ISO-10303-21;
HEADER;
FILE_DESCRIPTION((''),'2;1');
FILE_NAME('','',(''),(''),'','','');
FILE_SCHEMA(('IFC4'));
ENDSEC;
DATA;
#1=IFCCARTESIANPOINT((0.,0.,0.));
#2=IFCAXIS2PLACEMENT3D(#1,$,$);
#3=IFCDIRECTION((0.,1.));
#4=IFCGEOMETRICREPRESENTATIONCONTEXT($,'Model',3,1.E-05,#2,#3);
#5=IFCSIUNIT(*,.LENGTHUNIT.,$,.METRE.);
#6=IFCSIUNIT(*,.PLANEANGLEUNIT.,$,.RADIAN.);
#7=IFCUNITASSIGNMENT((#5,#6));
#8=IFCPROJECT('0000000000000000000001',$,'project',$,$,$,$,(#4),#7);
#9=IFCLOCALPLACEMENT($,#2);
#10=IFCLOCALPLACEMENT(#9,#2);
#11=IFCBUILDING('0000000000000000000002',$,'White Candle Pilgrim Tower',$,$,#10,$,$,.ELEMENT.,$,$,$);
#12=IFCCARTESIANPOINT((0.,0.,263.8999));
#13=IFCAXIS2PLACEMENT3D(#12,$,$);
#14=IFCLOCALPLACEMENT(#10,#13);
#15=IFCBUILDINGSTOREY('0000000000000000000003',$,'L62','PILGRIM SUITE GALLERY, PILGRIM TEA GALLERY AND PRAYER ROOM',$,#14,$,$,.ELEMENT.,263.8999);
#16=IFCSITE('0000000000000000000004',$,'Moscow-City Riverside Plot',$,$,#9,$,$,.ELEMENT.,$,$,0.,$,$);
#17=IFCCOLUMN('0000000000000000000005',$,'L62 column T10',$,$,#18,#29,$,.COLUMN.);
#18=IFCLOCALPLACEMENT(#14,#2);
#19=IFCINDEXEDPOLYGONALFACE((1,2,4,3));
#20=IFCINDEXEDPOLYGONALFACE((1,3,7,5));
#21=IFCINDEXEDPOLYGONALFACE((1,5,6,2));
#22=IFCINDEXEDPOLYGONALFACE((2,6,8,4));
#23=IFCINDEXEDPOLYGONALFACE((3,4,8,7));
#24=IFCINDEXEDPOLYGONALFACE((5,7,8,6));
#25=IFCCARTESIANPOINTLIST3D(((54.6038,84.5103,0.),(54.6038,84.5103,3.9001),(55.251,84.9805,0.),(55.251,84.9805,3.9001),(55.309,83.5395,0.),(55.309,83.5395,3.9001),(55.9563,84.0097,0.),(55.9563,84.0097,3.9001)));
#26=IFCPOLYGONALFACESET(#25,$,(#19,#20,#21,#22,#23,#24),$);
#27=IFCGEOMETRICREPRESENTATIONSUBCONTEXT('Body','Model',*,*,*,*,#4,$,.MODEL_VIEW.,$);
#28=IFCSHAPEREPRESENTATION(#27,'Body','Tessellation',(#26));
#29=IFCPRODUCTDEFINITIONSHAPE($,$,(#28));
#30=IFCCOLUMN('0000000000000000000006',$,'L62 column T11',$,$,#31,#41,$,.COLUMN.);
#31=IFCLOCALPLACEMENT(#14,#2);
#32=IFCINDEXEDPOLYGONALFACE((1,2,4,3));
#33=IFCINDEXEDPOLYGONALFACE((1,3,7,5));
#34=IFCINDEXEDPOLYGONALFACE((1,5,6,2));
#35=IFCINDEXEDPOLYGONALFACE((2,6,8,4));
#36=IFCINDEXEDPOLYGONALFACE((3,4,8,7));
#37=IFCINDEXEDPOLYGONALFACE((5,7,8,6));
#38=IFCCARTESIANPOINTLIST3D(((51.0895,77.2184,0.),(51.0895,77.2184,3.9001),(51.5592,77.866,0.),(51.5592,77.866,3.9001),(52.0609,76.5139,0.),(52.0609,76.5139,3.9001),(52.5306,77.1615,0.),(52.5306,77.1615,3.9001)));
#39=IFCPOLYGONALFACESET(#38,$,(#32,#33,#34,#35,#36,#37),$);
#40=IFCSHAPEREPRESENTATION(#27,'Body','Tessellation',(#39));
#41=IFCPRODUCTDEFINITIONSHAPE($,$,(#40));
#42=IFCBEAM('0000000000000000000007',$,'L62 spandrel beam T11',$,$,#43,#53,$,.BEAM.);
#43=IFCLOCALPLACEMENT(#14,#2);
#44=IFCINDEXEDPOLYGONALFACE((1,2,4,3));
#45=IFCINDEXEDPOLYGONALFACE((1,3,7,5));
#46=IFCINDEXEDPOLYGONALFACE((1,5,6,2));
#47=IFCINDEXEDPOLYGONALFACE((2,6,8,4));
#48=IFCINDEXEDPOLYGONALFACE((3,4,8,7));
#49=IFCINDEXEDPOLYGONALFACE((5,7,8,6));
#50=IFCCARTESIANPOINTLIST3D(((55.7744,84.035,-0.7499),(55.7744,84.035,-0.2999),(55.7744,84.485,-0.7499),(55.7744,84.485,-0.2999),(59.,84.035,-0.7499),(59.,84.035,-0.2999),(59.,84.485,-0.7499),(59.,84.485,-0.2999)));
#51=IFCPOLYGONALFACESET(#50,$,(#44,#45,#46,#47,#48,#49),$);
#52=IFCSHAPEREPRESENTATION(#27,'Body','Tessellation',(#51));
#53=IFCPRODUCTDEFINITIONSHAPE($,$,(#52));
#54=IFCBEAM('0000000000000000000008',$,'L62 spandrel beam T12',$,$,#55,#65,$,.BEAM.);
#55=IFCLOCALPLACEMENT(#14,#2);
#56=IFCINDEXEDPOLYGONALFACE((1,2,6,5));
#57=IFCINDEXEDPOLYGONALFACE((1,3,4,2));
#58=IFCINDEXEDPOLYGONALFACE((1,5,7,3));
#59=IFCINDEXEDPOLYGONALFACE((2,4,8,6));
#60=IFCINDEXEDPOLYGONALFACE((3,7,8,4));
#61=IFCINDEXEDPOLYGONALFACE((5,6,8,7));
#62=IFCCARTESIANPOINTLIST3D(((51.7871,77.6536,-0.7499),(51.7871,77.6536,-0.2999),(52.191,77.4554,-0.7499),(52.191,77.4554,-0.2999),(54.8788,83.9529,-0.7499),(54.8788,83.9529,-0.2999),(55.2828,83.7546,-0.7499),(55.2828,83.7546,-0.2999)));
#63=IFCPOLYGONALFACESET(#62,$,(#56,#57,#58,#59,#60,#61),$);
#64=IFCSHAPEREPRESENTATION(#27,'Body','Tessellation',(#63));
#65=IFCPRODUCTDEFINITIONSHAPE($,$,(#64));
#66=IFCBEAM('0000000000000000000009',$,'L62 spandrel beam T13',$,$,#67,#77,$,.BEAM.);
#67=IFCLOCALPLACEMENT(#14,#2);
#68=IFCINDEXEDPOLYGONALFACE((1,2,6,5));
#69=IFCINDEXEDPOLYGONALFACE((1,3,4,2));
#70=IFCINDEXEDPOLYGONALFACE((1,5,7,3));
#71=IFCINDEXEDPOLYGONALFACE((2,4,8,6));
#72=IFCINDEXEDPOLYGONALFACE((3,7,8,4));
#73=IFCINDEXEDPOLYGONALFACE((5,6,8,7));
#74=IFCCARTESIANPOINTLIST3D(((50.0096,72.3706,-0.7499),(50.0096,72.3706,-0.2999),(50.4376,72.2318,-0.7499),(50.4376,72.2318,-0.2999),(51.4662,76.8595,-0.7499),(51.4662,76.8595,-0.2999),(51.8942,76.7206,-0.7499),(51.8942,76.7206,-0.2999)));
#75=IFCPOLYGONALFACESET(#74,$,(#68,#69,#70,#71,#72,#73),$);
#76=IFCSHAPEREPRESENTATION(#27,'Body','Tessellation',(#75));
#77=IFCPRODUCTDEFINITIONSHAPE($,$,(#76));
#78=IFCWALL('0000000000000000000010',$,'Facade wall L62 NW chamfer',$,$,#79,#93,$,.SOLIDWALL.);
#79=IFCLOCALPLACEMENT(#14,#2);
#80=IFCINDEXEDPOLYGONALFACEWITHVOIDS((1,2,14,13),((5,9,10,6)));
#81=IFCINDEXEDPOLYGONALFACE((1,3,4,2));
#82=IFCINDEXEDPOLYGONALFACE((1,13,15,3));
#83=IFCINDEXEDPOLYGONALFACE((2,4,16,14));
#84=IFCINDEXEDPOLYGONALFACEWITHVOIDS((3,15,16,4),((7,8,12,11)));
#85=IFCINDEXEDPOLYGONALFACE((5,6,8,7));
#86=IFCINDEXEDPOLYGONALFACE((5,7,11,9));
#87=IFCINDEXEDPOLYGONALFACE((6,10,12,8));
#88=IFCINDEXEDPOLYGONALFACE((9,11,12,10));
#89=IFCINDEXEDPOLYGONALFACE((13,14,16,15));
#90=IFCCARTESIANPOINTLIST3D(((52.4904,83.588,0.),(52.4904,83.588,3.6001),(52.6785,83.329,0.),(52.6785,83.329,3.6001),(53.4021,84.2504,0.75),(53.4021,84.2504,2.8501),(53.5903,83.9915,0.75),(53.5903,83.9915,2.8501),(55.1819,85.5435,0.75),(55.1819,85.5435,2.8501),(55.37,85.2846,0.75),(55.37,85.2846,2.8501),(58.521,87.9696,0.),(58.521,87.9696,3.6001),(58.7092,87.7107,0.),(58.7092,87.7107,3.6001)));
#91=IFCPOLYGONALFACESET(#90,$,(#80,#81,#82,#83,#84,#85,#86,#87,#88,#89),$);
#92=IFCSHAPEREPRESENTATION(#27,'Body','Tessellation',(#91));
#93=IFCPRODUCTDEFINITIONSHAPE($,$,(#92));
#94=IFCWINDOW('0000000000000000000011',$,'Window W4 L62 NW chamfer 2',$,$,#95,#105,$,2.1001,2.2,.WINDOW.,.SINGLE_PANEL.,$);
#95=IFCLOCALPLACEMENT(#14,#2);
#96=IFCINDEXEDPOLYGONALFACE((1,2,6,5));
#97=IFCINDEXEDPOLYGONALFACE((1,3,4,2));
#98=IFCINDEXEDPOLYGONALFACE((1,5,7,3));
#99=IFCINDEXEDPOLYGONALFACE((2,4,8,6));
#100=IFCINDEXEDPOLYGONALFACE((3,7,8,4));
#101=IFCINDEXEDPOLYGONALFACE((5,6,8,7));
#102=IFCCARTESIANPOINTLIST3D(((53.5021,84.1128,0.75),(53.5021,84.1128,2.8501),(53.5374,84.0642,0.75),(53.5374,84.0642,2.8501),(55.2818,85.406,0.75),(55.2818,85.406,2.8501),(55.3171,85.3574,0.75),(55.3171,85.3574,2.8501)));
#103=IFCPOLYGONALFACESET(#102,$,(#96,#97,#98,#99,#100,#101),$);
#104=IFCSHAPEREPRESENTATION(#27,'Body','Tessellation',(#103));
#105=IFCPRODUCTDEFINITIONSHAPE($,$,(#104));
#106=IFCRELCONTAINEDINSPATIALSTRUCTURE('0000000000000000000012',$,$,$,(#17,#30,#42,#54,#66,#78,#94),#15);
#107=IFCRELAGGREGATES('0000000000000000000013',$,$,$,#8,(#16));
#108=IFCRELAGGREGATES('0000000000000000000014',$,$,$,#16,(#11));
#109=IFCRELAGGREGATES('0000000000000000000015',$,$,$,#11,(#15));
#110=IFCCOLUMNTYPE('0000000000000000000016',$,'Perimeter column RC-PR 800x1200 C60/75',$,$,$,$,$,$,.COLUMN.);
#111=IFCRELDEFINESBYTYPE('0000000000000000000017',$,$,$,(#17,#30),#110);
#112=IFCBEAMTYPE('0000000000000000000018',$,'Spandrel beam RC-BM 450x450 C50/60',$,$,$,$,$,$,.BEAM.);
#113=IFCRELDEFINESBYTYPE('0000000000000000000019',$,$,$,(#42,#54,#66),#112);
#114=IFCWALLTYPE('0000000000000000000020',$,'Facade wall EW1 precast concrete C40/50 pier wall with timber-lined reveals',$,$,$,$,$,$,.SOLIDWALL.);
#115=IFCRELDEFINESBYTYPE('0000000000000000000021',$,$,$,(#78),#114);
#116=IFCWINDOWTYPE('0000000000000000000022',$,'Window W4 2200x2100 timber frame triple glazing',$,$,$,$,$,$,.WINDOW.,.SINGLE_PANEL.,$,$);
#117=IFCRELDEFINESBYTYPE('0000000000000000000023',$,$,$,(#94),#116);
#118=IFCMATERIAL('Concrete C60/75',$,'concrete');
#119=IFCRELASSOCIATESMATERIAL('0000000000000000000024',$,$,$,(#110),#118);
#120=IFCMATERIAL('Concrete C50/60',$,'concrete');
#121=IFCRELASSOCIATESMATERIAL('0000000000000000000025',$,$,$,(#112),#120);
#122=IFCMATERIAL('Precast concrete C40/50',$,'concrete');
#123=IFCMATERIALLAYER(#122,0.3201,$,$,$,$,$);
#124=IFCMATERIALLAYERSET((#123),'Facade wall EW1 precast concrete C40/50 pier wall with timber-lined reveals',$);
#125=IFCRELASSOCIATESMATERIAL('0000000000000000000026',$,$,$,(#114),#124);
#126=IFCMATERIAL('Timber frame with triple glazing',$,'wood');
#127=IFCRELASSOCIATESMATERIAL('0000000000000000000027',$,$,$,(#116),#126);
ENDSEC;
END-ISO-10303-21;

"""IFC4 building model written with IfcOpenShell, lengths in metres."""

from ifc_helpers import new_model, si_unit, direction, frame, frame_2d, origin, origin_2d, place, context, subcontext, project, spatial, rectangle, extrude, material, layer, layer_set, material_profile, profile_set, type_object, element, fill, save


model = new_model("IFC4")

# Units and contexts
model_context = context("Model", 3, precision=1e-05, world=origin(), true_north=direction((0.0, 1.0)))
body_context = subcontext(model_context, "Body", "Model", "MODEL_VIEW")
ifc_project = project(units=[si_unit("LENGTHUNIT", "METRE"), si_unit("PLANEANGLEUNIT", "RADIAN")], contexts=[model_context])

# Site, building, storey
site_placement = place(None, origin())
site = spatial("IfcSite", under=ifc_project, at=site_placement, Name="Moscow-City Riverside Plot", CompositionType="ELEMENT", RefElevation=0.0)
building_placement = place(site_placement, origin())
building = spatial("IfcBuilding", under=site, at=building_placement, Name="White Candle Pilgrim Tower", CompositionType="ELEMENT")
storey_placement = place(building_placement, frame((0.0, 0.0, 263.8999)))
storey = spatial("IfcBuildingStorey", under=building, at=storey_placement, Name="L62", Description="PILGRIM SUITE GALLERY, PILGRIM TEA GALLERY AND PRAYER ROOM", CompositionType="ELEMENT", Elevation=263.8999)

# Columns
ifc_material_1 = material(Name="Concrete C60/75", Category="concrete")
ifc_material_profile_1 = material_profile(ifc_material_1, rectangle(XDim=0.8, YDim=1.2, at=origin_2d()), Name="RC-PR 800x1200")
ifc_profile_set_1 = profile_set([ifc_material_profile_1], Name="Concrete C60/75")
column_type = type_object("IfcColumnType", Name="Perimeter column RC-PR 800x1200 C60/75", PredefinedType="COLUMN", material=ifc_profile_set_1)
for number, where, z_axis, x_axis, name in (
    (1, (55.28, 84.26, 0.0), (0.0, 0.0, 1.0), (0.809027, 0.587771, 0.0), "L62 column T10"),
    (2, (51.8101, 77.1899, 0.0), (0.0, 0.0, 1.0), (0.587107, 0.809509, 0.0), "L62 column T11"),
):
    element("IfcColumn", number, at=place(storey_placement, frame(where, z_axis=z_axis, x_axis=x_axis)), inside=storey, type_object=column_type, Name=name, PredefinedType="COLUMN", context=body_context, shape_type="SweptSolid", body=[
        extrude(rectangle(XDim=0.8, YDim=1.2, at=origin_2d()), origin(), (0.0, 0.0, 1.0), 3.9001),
    ])

# Beams
ifc_material_2 = material(Name="Concrete C50/60", Category="concrete")
ifc_material_profile_2 = material_profile(ifc_material_2, rectangle(XDim=0.45, YDim=0.45, at=origin_2d()), Name="RC-BM 450x450")
ifc_profile_set_2 = profile_set([ifc_material_profile_2], Name="Concrete C50/60")
beam_type = type_object("IfcBeamType", Name="Spandrel beam RC-BM 450x450 C50/60", PredefinedType="BEAM", material=ifc_profile_set_2)
beam_1_placement = place(storey_placement, frame((55.7744, 84.26, -0.5249), z_axis=(1.0, 0.0, 0.0), x_axis=(0.0, 1.0, 0.0)))
element("IfcBeam", 3, at=beam_1_placement, inside=storey, type_object=beam_type, Name="L62 spandrel beam T11", PredefinedType="BEAM", context=body_context, shape_type="SweptSolid", body=[
    extrude(rectangle(XDim=0.45, YDim=0.45, at=origin_2d()), origin(), (0.0, 0.0, 1.0), 3.2256),
])
beam_2_placement = place(storey_placement, frame((55.0808, 83.8538, -0.5249), z_axis=(-0.440605, -0.897701, 0.0), x_axis=(0.897701, -0.440605, 0.0)))
element("IfcBeam", 4, at=beam_2_placement, inside=storey, type_object=beam_type, Name="L62 spandrel beam T12", PredefinedType="BEAM", context=body_context, shape_type="SweptSolid", body=[
    extrude(rectangle(XDim=0.45, YDim=0.45, at=origin_2d()), origin(), (0.0, 0.0, 1.0), 7.0171),
])
beam_3_placement = place(storey_placement, frame((51.6802, 76.79, -0.5249), z_axis=(-0.308644, -0.951178, 0.0), x_axis=(0.951178, -0.308644, 0.0)))
element("IfcBeam", 5, at=beam_3_placement, inside=storey, type_object=beam_type, Name="L62 spandrel beam T13", PredefinedType="BEAM", context=body_context, shape_type="SweptSolid", body=[
    extrude(rectangle(XDim=0.45, YDim=0.45, at=origin_2d()), origin(), (0.0, 0.0, 1.0), 4.7192),
])

# Wall, opening, window
ifc_material_3 = material(Name="Precast concrete C40/50", Category="concrete")
ifc_layer_1 = layer(ifc_material_3, 0.3201)
ifc_layer_set_1 = layer_set([ifc_layer_1], Name="Facade wall EW1 precast concrete C40/50 pier wall with timber-lined reveals")
wall_type_1 = type_object("IfcWallType", Name="Facade wall EW1 precast concrete C40/50 pier wall with timber-lined reveals", PredefinedType="SOLIDWALL", material=ifc_layer_set_1)
wall_1_placement = place(storey_placement, frame((58.615, 87.8401, 0.0), z_axis=(0.0, 0.0, 1.0), x_axis=(-0.809007, -0.5878, 0.0)))
wall_1 = element("IfcWall", 6, at=wall_1_placement, inside=storey, type_object=wall_type_1, Name="Facade wall L62 NW chamfer", PredefinedType="SOLIDWALL", context=body_context, shape_type="SweptSolid", body=[
    extrude(rectangle(XDim=7.4543, YDim=0.3201, at=frame_2d((3.7271, 0.0))), origin(), (0.0, 0.0, 1.0), 3.6001),
])
opening_1_placement = place(wall_1_placement, frame((4.1272, 0.0, 0.75)))
opening_1 = element("IfcOpeningElement", 7, at=opening_1_placement, cuts=wall_1, PredefinedType="OPENING", context=body_context, shape_type="SweptSolid", body=[
    extrude(rectangle(XDim=2.2, YDim=2.1001, at=frame_2d((1.1001, 1.05))), frame((0.0, 0.1699, 0.0), z_axis=(0.0, -1.0, 0.0), x_axis=(1.0, 0.0, 0.0)), (0.0, 0.0, 1.0), 0.3401),
])
ifc_material_4 = material(Name="Timber frame with triple glazing", Category="wood")
window_type_1 = type_object("IfcWindowType", Name="Window W4 2200x2100 timber frame triple glazing", PartitioningType="SINGLE_PANEL", PredefinedType="WINDOW", material=ifc_material_4)
window_1_placement = place(opening_1_placement, origin())
window_1 = element("IfcWindow", 8, at=window_1_placement, inside=storey, type_object=window_type_1, Name="Window W4 L62 NW chamfer 2", OverallHeight=2.1001, OverallWidth=2.2, PartitioningType="SINGLE_PANEL", PredefinedType="WINDOW", context=body_context, shape_type="SweptSolid", body=[
    extrude(rectangle(XDim=2.2, YDim=2.1001, at=frame_2d((1.1001, 1.05))), frame((0.0, 0.0701, 0.0), z_axis=(0.0, -1.0, 0.0), x_axis=(1.0, 0.0, 0.0)), (0.0, 0.0, 1.0), 0.0601),
])
fill(opening_1, window_1)

save(model, "model.ifc")
